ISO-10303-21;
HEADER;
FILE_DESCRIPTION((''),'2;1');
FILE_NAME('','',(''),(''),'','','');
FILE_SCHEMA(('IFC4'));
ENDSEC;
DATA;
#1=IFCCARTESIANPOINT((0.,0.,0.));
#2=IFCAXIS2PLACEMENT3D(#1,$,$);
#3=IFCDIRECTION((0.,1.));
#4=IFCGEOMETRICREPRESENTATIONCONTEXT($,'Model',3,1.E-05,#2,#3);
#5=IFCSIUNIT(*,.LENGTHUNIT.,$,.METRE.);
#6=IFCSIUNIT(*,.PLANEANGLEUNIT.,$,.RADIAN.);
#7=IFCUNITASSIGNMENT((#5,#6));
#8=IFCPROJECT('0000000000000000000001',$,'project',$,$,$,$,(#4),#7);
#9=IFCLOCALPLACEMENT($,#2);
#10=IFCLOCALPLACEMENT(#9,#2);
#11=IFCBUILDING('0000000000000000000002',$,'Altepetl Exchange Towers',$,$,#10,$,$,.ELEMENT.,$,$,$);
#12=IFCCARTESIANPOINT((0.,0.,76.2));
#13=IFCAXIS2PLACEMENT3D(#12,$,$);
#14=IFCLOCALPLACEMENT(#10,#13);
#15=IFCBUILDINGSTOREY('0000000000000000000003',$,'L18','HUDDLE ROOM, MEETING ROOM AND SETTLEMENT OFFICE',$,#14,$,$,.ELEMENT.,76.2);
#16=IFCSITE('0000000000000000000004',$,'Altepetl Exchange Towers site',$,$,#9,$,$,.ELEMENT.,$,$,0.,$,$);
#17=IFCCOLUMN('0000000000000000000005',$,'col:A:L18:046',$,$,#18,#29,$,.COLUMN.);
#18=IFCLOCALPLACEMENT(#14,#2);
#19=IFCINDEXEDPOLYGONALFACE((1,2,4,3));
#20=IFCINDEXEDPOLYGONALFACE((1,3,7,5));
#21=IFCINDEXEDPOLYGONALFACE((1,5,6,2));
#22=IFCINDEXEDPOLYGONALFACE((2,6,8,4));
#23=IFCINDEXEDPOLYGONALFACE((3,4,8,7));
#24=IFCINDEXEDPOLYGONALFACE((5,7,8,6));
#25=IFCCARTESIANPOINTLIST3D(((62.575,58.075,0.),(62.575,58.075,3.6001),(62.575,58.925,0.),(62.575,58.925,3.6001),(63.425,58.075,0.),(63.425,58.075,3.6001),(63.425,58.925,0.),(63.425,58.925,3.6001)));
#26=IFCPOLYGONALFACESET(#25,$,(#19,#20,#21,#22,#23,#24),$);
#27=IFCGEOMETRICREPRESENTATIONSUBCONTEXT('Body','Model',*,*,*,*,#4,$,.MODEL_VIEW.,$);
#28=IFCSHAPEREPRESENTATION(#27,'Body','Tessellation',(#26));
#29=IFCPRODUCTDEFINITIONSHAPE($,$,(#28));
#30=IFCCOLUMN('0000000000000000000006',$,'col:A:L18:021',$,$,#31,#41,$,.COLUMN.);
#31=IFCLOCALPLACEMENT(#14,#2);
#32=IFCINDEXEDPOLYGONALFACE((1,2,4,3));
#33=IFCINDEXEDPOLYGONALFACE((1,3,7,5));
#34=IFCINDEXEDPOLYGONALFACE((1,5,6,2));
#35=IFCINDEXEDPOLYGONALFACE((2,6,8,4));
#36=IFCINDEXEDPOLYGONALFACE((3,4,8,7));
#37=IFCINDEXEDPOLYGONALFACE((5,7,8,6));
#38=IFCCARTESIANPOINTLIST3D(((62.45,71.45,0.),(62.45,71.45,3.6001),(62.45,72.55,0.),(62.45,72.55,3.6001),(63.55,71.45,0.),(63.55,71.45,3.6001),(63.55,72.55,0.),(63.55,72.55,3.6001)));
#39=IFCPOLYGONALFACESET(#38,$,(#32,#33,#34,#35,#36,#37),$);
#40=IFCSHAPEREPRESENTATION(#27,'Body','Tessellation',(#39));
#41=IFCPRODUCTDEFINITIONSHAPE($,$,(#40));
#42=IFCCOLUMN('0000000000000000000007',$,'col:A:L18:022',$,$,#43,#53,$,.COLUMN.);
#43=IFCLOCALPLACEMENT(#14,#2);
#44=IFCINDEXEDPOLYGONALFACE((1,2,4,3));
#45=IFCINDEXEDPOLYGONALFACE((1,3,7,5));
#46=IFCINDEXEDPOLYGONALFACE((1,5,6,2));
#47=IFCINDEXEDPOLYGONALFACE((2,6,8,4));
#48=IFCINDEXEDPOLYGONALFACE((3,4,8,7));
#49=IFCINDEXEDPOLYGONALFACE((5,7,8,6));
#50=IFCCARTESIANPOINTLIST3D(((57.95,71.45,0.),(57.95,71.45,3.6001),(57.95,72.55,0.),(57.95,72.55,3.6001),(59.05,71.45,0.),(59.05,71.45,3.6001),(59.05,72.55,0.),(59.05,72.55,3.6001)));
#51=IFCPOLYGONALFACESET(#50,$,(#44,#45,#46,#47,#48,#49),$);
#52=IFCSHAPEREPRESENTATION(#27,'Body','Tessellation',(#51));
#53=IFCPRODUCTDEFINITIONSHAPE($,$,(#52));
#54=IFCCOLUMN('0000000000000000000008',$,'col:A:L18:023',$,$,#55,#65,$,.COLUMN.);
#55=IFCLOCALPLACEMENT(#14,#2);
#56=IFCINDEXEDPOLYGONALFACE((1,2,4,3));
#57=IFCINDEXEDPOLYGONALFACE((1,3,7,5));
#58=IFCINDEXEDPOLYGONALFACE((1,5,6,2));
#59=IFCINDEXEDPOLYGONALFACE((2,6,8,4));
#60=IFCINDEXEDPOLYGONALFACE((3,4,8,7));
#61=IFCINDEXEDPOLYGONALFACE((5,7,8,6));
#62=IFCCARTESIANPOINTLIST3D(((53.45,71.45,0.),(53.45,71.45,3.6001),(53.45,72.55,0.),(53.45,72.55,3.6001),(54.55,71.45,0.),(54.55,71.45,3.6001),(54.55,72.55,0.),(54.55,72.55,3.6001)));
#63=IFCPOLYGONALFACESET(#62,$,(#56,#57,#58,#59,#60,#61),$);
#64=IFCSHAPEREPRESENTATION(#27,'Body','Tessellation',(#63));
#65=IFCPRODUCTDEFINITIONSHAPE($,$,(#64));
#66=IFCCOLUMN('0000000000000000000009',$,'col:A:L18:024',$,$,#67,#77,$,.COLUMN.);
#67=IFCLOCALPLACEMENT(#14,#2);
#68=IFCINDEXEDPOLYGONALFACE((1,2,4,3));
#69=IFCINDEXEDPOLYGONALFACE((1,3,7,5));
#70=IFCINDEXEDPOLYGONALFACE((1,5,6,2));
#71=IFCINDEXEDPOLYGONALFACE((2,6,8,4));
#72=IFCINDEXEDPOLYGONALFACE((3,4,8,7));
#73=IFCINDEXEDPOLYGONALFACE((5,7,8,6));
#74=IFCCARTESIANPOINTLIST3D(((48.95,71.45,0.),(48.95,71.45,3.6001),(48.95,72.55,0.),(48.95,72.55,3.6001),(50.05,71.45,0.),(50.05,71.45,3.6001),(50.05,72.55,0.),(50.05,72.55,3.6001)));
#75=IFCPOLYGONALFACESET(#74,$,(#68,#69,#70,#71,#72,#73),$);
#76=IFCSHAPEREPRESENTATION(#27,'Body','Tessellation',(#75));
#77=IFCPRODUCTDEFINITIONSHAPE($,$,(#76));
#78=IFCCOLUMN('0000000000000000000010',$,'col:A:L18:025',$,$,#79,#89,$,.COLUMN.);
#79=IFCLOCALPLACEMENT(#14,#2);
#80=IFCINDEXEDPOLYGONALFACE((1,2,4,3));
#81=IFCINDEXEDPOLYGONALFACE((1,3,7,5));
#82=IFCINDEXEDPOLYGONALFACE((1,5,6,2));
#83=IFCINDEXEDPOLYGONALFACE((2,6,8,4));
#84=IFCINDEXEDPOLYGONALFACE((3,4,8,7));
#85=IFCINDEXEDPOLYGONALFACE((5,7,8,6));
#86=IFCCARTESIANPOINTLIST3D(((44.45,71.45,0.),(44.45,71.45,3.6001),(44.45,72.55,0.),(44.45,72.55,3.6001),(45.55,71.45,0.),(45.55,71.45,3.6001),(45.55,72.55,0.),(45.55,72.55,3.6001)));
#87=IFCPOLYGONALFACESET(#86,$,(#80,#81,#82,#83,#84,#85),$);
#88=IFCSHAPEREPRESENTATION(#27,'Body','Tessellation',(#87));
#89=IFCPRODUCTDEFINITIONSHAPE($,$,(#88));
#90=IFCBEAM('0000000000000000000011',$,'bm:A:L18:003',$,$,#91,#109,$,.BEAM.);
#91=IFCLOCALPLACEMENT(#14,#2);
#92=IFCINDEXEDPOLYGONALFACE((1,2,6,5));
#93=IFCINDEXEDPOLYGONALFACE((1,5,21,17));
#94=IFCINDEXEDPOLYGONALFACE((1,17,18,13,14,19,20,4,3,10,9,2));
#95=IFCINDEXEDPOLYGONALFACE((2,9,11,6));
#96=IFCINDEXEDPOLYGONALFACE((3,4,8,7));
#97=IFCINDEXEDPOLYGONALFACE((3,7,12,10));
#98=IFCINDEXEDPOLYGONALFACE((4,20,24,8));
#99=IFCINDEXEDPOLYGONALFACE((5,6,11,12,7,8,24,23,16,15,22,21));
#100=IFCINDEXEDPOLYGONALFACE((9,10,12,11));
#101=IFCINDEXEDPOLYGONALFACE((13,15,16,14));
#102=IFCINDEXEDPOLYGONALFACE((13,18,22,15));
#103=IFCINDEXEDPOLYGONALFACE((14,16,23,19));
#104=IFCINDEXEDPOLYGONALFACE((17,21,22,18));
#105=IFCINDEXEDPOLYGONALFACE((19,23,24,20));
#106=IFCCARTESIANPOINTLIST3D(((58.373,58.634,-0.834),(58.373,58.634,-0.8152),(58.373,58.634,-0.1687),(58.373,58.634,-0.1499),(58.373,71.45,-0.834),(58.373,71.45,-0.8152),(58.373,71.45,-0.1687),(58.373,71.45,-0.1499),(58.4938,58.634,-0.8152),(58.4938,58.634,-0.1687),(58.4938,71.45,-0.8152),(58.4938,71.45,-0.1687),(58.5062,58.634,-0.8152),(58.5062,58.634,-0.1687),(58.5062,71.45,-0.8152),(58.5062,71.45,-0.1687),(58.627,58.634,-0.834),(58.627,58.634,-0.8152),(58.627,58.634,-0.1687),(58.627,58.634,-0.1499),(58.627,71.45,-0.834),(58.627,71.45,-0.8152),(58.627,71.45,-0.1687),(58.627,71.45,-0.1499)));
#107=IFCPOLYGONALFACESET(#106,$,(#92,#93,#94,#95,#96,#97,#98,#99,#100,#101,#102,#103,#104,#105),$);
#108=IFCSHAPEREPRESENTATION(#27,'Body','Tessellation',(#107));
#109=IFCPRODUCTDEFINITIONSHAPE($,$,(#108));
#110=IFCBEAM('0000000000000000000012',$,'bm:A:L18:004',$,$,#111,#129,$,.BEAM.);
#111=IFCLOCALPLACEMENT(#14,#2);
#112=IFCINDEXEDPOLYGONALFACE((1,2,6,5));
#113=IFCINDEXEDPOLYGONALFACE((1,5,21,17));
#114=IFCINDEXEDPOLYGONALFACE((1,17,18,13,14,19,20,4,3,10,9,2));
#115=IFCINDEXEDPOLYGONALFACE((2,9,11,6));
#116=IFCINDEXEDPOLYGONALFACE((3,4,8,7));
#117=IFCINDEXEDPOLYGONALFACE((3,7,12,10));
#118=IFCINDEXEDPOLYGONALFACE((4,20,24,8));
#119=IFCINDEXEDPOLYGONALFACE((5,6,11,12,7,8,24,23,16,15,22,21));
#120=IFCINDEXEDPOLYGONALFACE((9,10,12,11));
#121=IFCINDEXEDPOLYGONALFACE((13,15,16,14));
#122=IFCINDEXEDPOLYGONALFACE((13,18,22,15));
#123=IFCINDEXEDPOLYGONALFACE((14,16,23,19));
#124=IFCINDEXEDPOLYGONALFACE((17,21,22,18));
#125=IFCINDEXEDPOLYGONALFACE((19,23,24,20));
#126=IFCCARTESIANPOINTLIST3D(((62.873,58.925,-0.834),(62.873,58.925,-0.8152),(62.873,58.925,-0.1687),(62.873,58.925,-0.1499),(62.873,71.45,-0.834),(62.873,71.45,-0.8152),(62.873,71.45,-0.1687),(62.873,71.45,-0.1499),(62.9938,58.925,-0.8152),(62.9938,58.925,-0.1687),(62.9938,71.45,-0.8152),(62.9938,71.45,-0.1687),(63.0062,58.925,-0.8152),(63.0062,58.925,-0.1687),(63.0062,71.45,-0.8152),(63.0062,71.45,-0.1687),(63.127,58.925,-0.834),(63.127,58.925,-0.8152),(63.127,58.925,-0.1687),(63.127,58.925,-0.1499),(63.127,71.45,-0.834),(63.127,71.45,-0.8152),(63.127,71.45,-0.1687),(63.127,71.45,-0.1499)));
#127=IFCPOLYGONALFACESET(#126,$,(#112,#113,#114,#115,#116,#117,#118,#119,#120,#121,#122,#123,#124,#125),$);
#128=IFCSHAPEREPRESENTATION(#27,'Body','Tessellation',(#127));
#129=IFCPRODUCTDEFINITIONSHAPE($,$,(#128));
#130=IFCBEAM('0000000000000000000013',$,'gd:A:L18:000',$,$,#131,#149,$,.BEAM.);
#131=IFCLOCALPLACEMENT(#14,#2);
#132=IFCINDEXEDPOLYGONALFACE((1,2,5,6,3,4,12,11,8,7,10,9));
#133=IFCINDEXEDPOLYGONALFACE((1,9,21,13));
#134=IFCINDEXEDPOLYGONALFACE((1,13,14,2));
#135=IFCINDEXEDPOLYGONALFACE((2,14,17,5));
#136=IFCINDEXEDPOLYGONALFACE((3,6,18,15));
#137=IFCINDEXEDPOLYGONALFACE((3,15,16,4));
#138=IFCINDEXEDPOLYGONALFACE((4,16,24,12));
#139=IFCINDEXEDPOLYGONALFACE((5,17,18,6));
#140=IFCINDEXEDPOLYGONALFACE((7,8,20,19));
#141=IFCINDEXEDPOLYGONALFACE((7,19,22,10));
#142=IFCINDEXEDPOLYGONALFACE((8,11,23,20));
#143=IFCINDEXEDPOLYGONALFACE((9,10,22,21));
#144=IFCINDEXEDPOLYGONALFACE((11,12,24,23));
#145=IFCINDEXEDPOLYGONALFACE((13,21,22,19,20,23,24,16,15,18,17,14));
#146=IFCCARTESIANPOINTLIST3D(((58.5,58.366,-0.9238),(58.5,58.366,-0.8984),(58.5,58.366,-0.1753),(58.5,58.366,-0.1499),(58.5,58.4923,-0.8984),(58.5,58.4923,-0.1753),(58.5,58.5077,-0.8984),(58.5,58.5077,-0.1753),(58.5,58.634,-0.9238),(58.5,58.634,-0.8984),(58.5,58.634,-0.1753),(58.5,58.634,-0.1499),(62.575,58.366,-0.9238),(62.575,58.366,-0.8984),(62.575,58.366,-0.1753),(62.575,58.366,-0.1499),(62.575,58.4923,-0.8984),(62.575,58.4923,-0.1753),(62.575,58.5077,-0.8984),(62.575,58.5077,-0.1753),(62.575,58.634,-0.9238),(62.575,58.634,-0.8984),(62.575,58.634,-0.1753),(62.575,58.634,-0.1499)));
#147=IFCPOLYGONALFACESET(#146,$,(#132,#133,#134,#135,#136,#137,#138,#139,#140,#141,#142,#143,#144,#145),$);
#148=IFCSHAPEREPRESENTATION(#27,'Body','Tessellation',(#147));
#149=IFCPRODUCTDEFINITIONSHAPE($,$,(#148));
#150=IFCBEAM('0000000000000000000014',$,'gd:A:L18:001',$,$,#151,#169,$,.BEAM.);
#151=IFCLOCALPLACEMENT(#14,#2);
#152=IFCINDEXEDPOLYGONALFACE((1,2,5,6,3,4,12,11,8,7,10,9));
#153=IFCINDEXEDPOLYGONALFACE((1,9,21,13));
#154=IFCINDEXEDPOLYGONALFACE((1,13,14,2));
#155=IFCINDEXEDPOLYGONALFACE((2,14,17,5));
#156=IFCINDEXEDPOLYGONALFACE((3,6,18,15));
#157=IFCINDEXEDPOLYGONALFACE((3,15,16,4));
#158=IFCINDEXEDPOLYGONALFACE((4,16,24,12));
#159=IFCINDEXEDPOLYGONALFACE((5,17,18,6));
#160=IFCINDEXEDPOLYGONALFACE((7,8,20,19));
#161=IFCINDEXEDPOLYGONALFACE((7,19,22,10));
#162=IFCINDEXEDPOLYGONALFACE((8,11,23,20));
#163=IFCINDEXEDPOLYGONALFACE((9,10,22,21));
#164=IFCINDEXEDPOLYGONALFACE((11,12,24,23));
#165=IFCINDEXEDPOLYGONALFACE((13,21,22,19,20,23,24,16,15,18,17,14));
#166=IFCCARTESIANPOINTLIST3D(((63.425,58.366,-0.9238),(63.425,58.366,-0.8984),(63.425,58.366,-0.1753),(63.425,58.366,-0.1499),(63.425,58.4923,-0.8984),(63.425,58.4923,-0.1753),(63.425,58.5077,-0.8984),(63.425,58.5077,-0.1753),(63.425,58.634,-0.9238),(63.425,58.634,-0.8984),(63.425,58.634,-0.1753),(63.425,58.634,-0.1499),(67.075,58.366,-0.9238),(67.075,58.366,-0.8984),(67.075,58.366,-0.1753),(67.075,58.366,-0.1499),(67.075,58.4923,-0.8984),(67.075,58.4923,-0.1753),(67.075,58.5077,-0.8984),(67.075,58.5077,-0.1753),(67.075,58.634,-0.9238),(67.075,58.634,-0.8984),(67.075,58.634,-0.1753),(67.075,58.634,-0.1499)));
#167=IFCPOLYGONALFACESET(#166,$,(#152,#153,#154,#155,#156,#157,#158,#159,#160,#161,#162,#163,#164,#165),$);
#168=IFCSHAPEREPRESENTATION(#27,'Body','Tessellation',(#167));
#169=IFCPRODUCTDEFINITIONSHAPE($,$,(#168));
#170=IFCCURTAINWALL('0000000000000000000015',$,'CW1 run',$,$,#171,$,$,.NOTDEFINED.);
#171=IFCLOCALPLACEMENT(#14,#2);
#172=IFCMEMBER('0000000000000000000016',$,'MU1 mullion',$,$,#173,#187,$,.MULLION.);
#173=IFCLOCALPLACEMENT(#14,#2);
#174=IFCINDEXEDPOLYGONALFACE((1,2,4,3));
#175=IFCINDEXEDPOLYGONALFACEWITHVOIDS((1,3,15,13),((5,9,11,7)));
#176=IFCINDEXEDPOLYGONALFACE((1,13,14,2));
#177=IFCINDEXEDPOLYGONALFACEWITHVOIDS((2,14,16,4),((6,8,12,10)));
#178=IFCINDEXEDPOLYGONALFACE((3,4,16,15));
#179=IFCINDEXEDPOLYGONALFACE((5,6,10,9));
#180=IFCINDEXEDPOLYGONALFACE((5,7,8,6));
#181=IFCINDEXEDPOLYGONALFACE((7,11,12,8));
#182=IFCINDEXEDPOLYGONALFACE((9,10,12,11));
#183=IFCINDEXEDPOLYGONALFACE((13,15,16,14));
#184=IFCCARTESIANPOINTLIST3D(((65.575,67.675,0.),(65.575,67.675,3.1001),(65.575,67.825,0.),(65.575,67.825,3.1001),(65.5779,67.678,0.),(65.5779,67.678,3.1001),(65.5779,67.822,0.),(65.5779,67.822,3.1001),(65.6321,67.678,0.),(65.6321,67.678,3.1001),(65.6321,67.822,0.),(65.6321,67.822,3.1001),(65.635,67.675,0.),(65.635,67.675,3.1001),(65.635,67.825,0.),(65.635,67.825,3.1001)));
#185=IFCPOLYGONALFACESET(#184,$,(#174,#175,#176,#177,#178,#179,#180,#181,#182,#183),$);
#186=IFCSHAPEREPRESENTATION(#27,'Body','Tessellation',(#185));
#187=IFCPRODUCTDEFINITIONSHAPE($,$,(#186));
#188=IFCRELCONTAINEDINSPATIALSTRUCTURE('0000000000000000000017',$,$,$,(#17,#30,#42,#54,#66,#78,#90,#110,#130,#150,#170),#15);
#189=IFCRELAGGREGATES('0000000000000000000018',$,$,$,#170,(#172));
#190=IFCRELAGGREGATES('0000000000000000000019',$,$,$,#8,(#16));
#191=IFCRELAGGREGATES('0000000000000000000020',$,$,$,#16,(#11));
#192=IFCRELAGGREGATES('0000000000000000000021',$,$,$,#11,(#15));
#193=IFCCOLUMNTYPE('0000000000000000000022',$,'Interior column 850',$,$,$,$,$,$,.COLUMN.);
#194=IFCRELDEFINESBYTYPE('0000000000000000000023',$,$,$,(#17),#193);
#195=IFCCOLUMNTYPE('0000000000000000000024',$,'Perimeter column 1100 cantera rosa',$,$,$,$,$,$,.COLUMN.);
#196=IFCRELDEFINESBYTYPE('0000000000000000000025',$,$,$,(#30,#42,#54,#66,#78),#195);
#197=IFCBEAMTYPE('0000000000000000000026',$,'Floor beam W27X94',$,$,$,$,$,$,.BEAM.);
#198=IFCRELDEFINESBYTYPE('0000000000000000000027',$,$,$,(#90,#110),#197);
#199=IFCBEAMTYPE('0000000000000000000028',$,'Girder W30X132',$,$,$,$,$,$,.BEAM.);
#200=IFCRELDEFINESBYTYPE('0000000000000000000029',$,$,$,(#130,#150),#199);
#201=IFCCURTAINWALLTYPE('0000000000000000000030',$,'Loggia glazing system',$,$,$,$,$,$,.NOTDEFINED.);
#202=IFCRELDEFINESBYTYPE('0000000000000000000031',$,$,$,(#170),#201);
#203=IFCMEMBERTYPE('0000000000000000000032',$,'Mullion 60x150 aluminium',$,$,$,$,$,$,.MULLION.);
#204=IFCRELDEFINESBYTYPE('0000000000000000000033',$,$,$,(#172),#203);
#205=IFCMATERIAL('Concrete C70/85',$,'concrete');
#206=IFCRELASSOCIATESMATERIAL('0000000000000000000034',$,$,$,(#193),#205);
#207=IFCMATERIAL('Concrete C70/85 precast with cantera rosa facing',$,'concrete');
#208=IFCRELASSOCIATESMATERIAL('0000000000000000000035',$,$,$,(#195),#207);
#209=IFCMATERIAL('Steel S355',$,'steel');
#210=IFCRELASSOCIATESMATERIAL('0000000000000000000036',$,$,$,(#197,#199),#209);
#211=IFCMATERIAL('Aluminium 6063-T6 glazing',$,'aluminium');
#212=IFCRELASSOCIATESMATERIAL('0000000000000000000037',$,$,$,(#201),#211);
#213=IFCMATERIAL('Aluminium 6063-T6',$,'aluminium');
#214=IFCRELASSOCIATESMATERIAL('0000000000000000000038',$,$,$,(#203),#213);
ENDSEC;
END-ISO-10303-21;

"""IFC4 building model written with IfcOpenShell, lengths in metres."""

from ifc_helpers import new_model, si_unit, direction, frame, origin, origin_2d, place, context, subcontext, project, spatial, rectangle, hollow_rectangle, i_section, extrude, material, material_profile, profile_set, type_object, element, aggregate, save


model = new_model("IFC4")

# Units and contexts
model_context = context("Model", 3, precision=1e-05, world=origin(), true_north=direction((0.0, 1.0)))
body_context = subcontext(model_context, "Body", "Model", "MODEL_VIEW")
ifc_project = project(units=[si_unit("LENGTHUNIT", "METRE"), si_unit("PLANEANGLEUNIT", "RADIAN")], contexts=[model_context])

# Site, building, storey
site_placement = place(None, origin())
site = spatial("IfcSite", under=ifc_project, at=site_placement, Name="Altepetl Exchange Towers site", CompositionType="ELEMENT", RefElevation=0.0)
building_placement = place(site_placement, origin())
building = spatial("IfcBuilding", under=site, at=building_placement, Name="Altepetl Exchange Towers", CompositionType="ELEMENT")
storey_placement = place(building_placement, frame((0.0, 0.0, 76.2)))
storey = spatial("IfcBuildingStorey", under=building, at=storey_placement, Name="L18", Description="HUDDLE ROOM, MEETING ROOM AND SETTLEMENT OFFICE", CompositionType="ELEMENT", Elevation=76.2)

# Columns
ifc_material_1 = material(Name="Concrete C70/85", Category="concrete")
ifc_material_profile_1 = material_profile(ifc_material_1, rectangle(XDim=0.8501, YDim=0.8501, at=origin_2d()), Name="850 x 850")
ifc_profile_set_1 = profile_set([ifc_material_profile_1], Name="Concrete C70/85")
column_type_1 = type_object("IfcColumnType", Name="Interior column 850", PredefinedType="COLUMN", material=ifc_profile_set_1)
column_placement = place(storey_placement, frame((63.0, 58.5, 0.0)))
element("IfcColumn", 1, at=column_placement, inside=storey, type_object=column_type_1, Name="col:A:L18:046", PredefinedType="COLUMN", context=body_context, shape_type="SweptSolid", body=[
    extrude(rectangle(XDim=0.8501, YDim=0.8501, at=origin_2d()), origin(), (0.0, 0.0, 1.0), 3.6001),
])
ifc_material_2 = material(Name="Concrete C70/85 precast with cantera rosa facing", Category="concrete")
ifc_material_profile_2 = material_profile(ifc_material_2, rectangle(XDim=1.1001, YDim=1.1001, at=origin_2d()), Name="1100 x 1100")
ifc_profile_set_2 = profile_set([ifc_material_profile_2], Name="Concrete C70/85 precast with cantera rosa facing")
column_type_2 = type_object("IfcColumnType", Name="Perimeter column 1100 cantera rosa", PredefinedType="COLUMN", material=ifc_profile_set_2)
for number, where, name in (
    (2, (63.0, 72.0, 0.0), "col:A:L18:021"),
    (3, (58.5, 72.0, 0.0), "col:A:L18:022"),
    (4, (54.0, 72.0, 0.0), "col:A:L18:023"),
    (5, (49.5, 72.0, 0.0), "col:A:L18:024"),
    (6, (45.0, 72.0, 0.0), "col:A:L18:025"),
):
    element("IfcColumn", number, at=place(storey_placement, frame(where)), inside=storey, type_object=column_type_2, Name=name, PredefinedType="COLUMN", context=body_context, shape_type="SweptSolid", body=[
        extrude(rectangle(XDim=1.1001, YDim=1.1001, at=origin_2d()), origin(), (0.0, 0.0, 1.0), 3.6001),
    ])

# Beams
ifc_material_3 = material(Name="Steel S355", Category="steel")
ifc_material_profile_3 = material_profile(ifc_material_3, i_section(OverallWidth=0.2539, OverallDepth=0.6841, WebThickness=0.0125, FlangeThickness=0.0188, at=origin_2d()), Name="W27X94")
ifc_profile_set_3 = profile_set([ifc_material_profile_3], Name="Steel S355")
beam_type_1 = type_object("IfcBeamType", Name="Floor beam W27X94", PredefinedType="BEAM", material=ifc_profile_set_3)
beam_1_placement = place(storey_placement, frame((58.5, 58.634, -0.4919), z_axis=(0.0, 1.0, 0.0), x_axis=(-1.0, 0.0, 0.0)))
element("IfcBeam", 7, at=beam_1_placement, inside=storey, type_object=beam_type_1, Name="bm:A:L18:003", PredefinedType="BEAM", context=body_context, shape_type="SweptSolid", body=[
    extrude(i_section(OverallWidth=0.2539, OverallDepth=0.6841, WebThickness=0.0125, FlangeThickness=0.0188, at=origin_2d()), origin(), (0.0, 0.0, 1.0), 12.8159),
])
beam_2_placement = place(storey_placement, frame((63.0, 58.925, -0.4919), z_axis=(0.0, 1.0, 0.0), x_axis=(-1.0, 0.0, 0.0)))
element("IfcBeam", 8, at=beam_2_placement, inside=storey, type_object=beam_type_1, Name="bm:A:L18:004", PredefinedType="BEAM", context=body_context, shape_type="SweptSolid", body=[
    extrude(i_section(OverallWidth=0.2539, OverallDepth=0.6841, WebThickness=0.0125, FlangeThickness=0.0188, at=origin_2d()), origin(), (0.0, 0.0, 1.0), 12.5249),
])
ifc_material_profile_4 = material_profile(ifc_material_3, i_section(OverallWidth=0.2681, OverallDepth=0.7739, WebThickness=0.0154, FlangeThickness=0.0254, at=origin_2d()), Name="W30X132")
ifc_profile_set_4 = profile_set([ifc_material_profile_4], Name="Steel S355")
beam_type_2 = type_object("IfcBeamType", Name="Girder W30X132", PredefinedType="BEAM", material=ifc_profile_set_4)
beam_3_placement = place(storey_placement, frame((58.5, 58.5, -0.5369), z_axis=(1.0, 0.0, 0.0), x_axis=(0.0, 1.0, 0.0)))
element("IfcBeam", 9, at=beam_3_placement, inside=storey, type_object=beam_type_2, Name="gd:A:L18:000", PredefinedType="BEAM", context=body_context, shape_type="SweptSolid", body=[
    extrude(i_section(OverallWidth=0.2681, OverallDepth=0.7739, WebThickness=0.0154, FlangeThickness=0.0254, at=origin_2d()), origin(), (0.0, 0.0, 1.0), 4.075),
])
beam_4_placement = place(storey_placement, frame((63.425, 58.5, -0.5369), z_axis=(1.0, 0.0, 0.0), x_axis=(0.0, 1.0, 0.0)))
element("IfcBeam", 10, at=beam_4_placement, inside=storey, type_object=beam_type_2, Name="gd:A:L18:001", PredefinedType="BEAM", context=body_context, shape_type="SweptSolid", body=[
    extrude(i_section(OverallWidth=0.2681, OverallDepth=0.7739, WebThickness=0.0154, FlangeThickness=0.0254, at=origin_2d()), origin(), (0.0, 0.0, 1.0), 3.6499),
])

# Curtain wall, member
ifc_material_4 = material(Name="Aluminium 6063-T6 glazing", Category="aluminium")
curtain_wall_type = type_object("IfcCurtainWallType", Name="Loggia glazing system", PredefinedType="NOTDEFINED", material=ifc_material_4)
curtain_wall_1_placement = place(storey_placement, origin())
curtain_wall_1 = element("IfcCurtainWall", 11, at=curtain_wall_1_placement, inside=storey, type_object=curtain_wall_type, Name="CW1 run", PredefinedType="NOTDEFINED")
ifc_material_5 = material(Name="Aluminium 6063-T6", Category="aluminium")
ifc_material_profile_5 = material_profile(ifc_material_5, hollow_rectangle(XDim=0.0601, YDim=0.1499, WallThickness=0.0029, at=origin_2d()), Name="Mullion 60x150 aluminium")
ifc_profile_set_5 = profile_set([ifc_material_profile_5], Name="Aluminium 6063-T6")
member_type = type_object("IfcMemberType", Name="Mullion 60x150 aluminium", PredefinedType="MULLION", material=ifc_profile_set_5)
member_1_placement = place(storey_placement, frame((65.605, 67.75, 0.0), z_axis=(0.0, 0.0, 1.0), x_axis=(-1.0, 0.0, 0.0)))
member_1 = element("IfcMember", 12, at=member_1_placement, type_object=member_type, Name="MU1 mullion", PredefinedType="MULLION", context=body_context, shape_type="SweptSolid", body=[
    extrude(hollow_rectangle(XDim=0.0601, YDim=0.1499, WallThickness=0.0029, at=origin_2d()), origin(), (0.0, 0.0, 1.0), 3.1001),
])
aggregate(curtain_wall_1, [member_1])

save(model, "model.ifc")
